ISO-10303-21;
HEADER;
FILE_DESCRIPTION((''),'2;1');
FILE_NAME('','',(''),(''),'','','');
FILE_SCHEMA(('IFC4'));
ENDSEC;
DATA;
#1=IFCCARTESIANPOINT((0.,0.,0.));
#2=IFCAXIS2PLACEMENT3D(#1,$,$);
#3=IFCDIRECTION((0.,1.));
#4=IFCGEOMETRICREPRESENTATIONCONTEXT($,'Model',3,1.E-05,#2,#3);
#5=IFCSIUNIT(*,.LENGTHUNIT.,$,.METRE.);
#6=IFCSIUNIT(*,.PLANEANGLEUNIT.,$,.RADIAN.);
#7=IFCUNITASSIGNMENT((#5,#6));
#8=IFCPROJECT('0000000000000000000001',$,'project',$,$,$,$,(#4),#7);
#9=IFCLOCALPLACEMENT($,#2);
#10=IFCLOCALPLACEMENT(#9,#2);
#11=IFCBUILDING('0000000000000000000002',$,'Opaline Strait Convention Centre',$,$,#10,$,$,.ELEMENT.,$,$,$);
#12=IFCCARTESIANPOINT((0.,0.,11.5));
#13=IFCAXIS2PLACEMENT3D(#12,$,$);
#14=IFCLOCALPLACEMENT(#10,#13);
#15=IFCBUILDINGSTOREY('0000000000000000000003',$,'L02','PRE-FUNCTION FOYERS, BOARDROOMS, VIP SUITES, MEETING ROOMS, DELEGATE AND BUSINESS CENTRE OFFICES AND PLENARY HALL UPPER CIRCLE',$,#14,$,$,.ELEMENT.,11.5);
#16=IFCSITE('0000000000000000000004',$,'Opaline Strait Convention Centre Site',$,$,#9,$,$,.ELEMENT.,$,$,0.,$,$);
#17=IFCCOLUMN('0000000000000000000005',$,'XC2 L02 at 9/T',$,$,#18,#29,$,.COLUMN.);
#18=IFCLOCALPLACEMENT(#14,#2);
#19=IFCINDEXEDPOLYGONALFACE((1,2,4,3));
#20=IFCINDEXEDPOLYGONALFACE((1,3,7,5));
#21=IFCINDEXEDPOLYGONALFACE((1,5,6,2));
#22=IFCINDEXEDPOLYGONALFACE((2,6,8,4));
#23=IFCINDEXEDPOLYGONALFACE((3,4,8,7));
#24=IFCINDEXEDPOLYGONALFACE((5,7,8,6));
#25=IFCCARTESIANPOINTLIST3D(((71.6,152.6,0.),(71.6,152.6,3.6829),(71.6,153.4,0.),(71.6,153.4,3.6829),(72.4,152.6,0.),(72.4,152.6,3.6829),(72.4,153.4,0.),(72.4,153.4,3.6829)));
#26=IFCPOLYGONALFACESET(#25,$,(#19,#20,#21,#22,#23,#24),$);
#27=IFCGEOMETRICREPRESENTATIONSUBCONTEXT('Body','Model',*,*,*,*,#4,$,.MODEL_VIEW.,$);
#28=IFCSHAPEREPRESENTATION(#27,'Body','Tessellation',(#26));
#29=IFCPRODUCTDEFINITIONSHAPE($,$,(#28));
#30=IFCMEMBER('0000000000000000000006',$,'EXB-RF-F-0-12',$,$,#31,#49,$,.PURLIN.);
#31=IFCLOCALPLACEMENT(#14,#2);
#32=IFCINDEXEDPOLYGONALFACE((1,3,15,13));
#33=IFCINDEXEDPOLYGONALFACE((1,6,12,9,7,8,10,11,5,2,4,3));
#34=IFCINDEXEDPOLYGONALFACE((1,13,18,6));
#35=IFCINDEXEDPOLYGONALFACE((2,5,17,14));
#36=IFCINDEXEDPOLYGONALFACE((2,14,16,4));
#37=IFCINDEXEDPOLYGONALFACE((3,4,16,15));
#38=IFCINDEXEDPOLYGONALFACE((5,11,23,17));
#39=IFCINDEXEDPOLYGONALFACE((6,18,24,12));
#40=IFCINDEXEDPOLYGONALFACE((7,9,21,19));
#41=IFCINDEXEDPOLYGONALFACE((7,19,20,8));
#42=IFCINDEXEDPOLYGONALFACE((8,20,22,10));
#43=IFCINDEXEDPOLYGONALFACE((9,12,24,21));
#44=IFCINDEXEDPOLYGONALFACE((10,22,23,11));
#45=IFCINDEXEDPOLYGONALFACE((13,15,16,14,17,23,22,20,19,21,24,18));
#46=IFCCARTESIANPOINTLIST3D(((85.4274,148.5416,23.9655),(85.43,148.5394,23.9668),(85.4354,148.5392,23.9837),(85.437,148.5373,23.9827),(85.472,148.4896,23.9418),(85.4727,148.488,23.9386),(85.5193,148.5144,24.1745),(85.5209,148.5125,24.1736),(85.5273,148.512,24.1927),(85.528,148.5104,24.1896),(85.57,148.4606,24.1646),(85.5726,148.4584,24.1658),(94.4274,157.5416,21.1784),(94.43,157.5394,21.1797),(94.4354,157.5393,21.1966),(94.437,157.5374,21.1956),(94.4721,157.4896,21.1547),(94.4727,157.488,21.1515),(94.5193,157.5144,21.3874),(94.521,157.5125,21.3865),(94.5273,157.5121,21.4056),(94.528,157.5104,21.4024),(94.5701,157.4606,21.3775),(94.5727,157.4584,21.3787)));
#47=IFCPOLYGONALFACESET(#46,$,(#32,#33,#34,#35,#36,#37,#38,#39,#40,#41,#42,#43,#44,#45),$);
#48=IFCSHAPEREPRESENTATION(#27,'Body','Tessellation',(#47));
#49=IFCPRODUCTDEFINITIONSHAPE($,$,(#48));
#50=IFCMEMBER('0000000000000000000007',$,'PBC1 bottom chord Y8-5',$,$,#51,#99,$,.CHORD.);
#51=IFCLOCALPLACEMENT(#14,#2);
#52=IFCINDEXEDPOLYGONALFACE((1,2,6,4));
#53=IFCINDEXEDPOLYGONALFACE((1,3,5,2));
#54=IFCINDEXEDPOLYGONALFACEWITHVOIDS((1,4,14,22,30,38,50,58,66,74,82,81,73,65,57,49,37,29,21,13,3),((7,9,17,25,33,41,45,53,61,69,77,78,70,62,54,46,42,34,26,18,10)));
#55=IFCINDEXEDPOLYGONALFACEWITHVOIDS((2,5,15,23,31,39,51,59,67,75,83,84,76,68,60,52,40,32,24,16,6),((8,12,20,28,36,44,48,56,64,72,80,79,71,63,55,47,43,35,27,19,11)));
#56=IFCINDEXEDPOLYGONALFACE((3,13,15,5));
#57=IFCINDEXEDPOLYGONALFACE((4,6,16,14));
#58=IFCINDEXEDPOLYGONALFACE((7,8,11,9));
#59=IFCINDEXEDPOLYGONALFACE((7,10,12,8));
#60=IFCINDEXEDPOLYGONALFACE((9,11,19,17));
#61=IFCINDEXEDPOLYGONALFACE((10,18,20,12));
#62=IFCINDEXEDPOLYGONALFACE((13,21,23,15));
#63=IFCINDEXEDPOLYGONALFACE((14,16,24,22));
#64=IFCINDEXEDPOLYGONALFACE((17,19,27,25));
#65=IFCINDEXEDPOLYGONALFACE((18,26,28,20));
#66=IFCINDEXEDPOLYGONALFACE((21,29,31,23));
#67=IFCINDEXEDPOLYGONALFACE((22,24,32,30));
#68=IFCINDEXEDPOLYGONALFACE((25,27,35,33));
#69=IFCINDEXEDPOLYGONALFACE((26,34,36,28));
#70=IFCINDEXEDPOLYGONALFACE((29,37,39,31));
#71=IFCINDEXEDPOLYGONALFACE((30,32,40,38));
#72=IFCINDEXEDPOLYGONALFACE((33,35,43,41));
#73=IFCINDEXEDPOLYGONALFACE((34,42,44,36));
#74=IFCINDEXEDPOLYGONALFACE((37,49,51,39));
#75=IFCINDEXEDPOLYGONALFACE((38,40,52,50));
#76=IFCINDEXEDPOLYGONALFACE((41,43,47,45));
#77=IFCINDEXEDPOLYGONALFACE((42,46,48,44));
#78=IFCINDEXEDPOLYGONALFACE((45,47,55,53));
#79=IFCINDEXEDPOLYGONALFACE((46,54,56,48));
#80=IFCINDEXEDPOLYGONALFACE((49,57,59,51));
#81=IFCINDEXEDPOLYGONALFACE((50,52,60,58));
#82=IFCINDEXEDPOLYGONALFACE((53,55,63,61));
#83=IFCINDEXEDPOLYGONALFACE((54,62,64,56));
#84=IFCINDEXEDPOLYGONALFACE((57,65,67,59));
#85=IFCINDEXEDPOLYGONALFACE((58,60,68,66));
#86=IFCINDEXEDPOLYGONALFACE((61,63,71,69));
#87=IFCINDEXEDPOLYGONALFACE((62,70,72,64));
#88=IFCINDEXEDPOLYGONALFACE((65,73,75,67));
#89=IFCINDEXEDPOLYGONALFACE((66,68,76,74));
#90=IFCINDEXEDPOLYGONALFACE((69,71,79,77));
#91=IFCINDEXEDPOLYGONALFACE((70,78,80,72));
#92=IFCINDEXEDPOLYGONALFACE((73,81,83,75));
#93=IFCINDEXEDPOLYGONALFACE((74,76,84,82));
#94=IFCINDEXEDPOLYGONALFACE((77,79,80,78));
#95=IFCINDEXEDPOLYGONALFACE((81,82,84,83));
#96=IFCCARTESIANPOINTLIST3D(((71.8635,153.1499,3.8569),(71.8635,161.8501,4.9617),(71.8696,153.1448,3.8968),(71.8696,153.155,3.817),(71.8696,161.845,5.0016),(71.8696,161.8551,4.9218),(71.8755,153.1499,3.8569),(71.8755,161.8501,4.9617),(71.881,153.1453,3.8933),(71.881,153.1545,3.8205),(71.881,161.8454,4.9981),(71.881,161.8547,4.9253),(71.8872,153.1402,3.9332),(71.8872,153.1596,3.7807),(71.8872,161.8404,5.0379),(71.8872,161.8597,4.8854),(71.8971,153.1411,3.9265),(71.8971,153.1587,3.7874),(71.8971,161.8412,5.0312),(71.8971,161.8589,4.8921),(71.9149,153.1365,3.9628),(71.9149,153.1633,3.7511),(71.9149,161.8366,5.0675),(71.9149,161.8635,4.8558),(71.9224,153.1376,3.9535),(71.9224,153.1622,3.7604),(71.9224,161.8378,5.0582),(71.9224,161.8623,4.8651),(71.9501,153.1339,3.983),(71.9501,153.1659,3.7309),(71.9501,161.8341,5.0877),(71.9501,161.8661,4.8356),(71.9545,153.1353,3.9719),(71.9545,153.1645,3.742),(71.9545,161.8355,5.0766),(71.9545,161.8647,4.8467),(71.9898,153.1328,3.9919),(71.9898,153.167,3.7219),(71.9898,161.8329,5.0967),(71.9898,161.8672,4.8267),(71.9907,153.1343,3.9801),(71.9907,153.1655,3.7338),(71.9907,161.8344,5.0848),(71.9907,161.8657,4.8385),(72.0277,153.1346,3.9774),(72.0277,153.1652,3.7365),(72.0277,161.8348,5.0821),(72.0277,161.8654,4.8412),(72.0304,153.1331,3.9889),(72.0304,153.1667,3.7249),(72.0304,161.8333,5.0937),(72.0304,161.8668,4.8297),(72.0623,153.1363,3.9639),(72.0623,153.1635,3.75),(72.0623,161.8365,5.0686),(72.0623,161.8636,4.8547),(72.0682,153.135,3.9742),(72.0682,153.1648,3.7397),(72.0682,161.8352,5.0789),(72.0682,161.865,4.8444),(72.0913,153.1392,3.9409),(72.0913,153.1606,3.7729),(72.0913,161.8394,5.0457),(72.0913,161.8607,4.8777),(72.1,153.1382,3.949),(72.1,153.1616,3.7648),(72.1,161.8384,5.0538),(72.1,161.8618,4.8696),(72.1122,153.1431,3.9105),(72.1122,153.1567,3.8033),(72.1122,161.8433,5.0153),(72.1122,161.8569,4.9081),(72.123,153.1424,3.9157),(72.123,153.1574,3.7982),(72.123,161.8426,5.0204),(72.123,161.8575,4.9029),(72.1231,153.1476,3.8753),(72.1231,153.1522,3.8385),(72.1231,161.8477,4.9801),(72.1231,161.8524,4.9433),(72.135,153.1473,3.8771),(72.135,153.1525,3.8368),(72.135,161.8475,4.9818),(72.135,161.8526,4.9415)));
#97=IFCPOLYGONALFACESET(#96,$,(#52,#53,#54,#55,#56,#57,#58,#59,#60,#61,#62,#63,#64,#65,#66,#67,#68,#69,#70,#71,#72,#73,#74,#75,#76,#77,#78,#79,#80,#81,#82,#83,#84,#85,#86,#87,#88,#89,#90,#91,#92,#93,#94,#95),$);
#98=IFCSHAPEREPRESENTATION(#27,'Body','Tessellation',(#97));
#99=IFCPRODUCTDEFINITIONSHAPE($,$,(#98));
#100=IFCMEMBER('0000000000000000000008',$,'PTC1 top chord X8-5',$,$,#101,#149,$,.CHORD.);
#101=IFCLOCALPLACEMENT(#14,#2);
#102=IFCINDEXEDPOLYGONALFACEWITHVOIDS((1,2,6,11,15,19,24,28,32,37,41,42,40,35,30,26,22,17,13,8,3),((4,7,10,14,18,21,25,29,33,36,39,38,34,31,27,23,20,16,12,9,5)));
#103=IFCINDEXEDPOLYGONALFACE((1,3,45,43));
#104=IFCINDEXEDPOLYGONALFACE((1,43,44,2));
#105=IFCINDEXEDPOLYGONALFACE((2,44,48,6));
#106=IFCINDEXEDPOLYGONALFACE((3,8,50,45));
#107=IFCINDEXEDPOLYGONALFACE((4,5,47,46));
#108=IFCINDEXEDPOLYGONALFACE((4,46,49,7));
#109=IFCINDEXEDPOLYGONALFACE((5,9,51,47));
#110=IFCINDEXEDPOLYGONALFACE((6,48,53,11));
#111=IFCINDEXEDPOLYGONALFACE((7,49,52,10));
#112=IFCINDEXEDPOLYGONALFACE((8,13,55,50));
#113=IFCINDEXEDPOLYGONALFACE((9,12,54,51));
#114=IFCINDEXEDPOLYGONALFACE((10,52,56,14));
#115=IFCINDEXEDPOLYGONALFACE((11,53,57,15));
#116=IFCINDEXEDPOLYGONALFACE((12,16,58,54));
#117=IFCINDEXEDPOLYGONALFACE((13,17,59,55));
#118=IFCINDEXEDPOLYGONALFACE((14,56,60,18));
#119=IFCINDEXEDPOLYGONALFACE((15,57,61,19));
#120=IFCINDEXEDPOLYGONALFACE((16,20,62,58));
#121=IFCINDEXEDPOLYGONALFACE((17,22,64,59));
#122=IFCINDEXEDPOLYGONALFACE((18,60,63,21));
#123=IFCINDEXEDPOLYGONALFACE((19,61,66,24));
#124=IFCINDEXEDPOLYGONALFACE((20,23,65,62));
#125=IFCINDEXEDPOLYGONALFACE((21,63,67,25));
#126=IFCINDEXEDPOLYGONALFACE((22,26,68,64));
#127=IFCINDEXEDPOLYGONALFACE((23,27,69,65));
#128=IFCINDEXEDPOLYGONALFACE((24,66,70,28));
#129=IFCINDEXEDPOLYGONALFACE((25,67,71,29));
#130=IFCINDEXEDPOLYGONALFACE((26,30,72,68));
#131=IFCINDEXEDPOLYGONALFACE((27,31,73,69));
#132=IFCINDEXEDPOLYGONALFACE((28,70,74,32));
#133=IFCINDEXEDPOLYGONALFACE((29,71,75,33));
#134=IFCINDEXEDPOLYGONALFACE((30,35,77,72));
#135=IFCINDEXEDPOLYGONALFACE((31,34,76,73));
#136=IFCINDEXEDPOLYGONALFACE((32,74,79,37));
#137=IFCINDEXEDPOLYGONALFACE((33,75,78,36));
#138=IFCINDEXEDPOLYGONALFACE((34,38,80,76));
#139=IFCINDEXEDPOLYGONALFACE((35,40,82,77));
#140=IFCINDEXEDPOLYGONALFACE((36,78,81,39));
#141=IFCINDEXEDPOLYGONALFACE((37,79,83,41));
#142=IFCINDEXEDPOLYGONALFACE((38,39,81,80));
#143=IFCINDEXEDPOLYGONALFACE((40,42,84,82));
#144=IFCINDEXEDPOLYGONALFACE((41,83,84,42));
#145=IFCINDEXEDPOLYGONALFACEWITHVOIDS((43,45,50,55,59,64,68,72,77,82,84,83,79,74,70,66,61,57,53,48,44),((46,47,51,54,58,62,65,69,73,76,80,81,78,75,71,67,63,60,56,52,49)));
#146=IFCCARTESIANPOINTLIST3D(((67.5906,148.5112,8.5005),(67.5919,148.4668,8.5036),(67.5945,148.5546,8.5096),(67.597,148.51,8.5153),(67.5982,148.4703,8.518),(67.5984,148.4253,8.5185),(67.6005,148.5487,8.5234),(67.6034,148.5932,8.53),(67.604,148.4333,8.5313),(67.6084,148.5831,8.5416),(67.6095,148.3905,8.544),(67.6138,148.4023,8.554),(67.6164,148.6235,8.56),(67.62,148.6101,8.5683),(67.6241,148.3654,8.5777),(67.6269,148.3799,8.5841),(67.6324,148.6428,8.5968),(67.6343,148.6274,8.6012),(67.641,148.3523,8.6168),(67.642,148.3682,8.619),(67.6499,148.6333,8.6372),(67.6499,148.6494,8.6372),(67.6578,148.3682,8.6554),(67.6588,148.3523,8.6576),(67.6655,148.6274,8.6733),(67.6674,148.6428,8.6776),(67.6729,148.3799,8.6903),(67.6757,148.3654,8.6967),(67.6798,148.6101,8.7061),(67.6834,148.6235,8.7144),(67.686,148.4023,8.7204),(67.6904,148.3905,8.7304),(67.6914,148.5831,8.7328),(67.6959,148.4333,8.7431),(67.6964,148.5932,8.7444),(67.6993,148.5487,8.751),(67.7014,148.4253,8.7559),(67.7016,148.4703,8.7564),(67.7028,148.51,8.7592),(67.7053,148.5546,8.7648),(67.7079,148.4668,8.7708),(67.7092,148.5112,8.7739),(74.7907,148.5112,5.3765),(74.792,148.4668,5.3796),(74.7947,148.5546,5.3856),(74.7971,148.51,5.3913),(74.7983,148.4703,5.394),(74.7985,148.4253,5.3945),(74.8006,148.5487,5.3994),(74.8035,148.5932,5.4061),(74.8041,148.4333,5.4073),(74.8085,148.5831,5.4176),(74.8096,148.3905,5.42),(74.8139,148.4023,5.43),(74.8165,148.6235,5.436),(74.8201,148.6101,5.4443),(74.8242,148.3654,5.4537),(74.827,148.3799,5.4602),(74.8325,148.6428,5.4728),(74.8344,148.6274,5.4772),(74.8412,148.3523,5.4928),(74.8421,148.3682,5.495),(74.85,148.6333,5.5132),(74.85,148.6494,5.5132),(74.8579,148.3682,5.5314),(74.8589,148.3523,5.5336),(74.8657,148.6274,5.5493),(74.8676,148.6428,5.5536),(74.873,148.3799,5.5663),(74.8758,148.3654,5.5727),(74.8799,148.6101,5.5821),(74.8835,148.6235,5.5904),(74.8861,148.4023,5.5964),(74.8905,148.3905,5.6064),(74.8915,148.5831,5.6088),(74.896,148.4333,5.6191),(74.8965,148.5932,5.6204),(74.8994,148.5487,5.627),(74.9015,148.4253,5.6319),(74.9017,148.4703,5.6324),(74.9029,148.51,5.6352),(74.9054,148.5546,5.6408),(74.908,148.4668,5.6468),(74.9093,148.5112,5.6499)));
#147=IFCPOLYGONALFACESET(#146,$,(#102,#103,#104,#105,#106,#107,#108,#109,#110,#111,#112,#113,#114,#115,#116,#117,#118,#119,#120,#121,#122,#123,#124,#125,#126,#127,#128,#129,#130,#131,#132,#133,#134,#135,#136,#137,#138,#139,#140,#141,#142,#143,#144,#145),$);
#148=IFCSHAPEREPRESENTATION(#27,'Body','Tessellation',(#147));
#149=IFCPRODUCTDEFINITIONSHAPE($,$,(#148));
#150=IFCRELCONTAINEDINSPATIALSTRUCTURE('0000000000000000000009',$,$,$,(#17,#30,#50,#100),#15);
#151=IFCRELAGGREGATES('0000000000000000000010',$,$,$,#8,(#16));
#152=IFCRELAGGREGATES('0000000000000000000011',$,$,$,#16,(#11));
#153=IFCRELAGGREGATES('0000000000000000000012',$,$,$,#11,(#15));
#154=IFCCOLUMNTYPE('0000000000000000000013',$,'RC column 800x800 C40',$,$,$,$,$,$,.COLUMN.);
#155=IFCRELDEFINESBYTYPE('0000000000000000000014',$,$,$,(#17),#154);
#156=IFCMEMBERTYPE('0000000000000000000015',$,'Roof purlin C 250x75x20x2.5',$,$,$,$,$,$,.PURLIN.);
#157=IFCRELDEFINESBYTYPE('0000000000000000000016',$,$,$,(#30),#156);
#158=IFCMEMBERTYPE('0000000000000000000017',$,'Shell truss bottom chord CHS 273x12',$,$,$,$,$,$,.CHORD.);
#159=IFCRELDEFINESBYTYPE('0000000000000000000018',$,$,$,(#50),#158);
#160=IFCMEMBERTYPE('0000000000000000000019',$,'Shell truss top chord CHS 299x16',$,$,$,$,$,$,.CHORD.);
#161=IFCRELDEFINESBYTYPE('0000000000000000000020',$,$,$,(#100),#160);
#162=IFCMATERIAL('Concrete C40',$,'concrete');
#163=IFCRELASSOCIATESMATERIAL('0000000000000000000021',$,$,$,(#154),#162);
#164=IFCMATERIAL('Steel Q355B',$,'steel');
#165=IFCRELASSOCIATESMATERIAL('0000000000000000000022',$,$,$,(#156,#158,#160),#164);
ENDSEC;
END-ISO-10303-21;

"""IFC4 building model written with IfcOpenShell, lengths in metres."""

from ifc_helpers import new_model, si_unit, direction, frame, origin, origin_2d, place, context, subcontext, project, spatial, polyline, rectangle, hollow_circle, outline, extrude, material, material_profile, profile_set, type_object, element, save


model = new_model("IFC4")

# Units and contexts
model_context = context("Model", 3, precision=1e-05, world=origin(), true_north=direction((0.0, 1.0)))
body_context = subcontext(model_context, "Body", "Model", "MODEL_VIEW")
ifc_project = project(units=[si_unit("LENGTHUNIT", "METRE"), si_unit("PLANEANGLEUNIT", "RADIAN")], contexts=[model_context])

# Site, building, storey
site_placement = place(None, origin())
site = spatial("IfcSite", under=ifc_project, at=site_placement, Name="Opaline Strait Convention Centre Site", CompositionType="ELEMENT", RefElevation=0.0)
building_placement = place(site_placement, origin())
building = spatial("IfcBuilding", under=site, at=building_placement, Name="Opaline Strait Convention Centre", CompositionType="ELEMENT")
storey_placement = place(building_placement, frame((0.0, 0.0, 11.5)))
storey = spatial("IfcBuildingStorey", under=building, at=storey_placement, Name="L02", Description="PRE-FUNCTION FOYERS, BOARDROOMS, VIP SUITES, MEETING ROOMS, DELEGATE AND BUSINESS CENTRE OFFICES AND PLENARY HALL UPPER CIRCLE", CompositionType="ELEMENT", Elevation=11.5)

# Column
ifc_material_1 = material(Name="Concrete C40", Category="concrete")
ifc_material_profile_1 = material_profile(ifc_material_1, rectangle(XDim=0.8, YDim=0.8, at=origin_2d()), Name="RC 800x800")
ifc_profile_set_1 = profile_set([ifc_material_profile_1], Name="Concrete C40")
column_type = type_object("IfcColumnType", Name="RC column 800x800 C40", PredefinedType="COLUMN", material=ifc_profile_set_1)
column_placement = place(storey_placement, frame((72.0, 153.0, 0.0), z_axis=(0.0, 0.0, 1.0), x_axis=(1.0, 0.0, 0.0)))
element("IfcColumn", 1, at=column_placement, inside=storey, type_object=column_type, Name="XC2 L02 at 9/T", PredefinedType="COLUMN", context=body_context, shape_type="SweptSolid", body=[
    extrude(rectangle(XDim=0.8, YDim=0.8, at=origin_2d()), origin(), (0.0, 0.0, 1.0), 3.6829),
])

# Members
ifc_material_2 = material(Name="Steel Q355B", Category="steel")
ifc_material_profile_2 = material_profile(ifc_material_2, outline(polyline([(-0.0376, -0.125), (0.0376, -0.125), (0.0376, -0.105), (0.0349, -0.105), (0.0349, -0.1226), (-0.0349, -0.1226), (-0.0349, 0.1226), (0.0349, 0.1226), (0.0349, 0.105), (0.0376, 0.105), (0.0376, 0.125), (-0.0376, 0.125), (-0.0376, -0.125)])), Name="C 250x75x20x2.5")
ifc_profile_set_2 = profile_set([ifc_material_profile_2], Name="Steel Q355B")
member_type_1 = type_object("IfcMemberType", Name="Roof purlin C 250x75x20x2.5", PredefinedType="PURLIN", material=ifc_profile_set_2)
member_1_placement = place(storey_placement, frame((85.5, 148.5, 24.0657), z_axis=(0.69074, 0.69074, -0.213908), x_axis=(-0.602522, 0.713355, 0.357899)))
element("IfcMember", 2, at=member_1_placement, inside=storey, type_object=member_type_1, Name="EXB-RF-F-0-12", PredefinedType="PURLIN", context=body_context, shape_type="SweptSolid", body=[
    extrude(outline(polyline([(-0.0376, -0.125), (0.0376, -0.125), (0.0376, -0.105), (0.0349, -0.105), (0.0349, -0.1226), (-0.0349, -0.1226), (-0.0349, 0.1226), (0.0349, 0.1226), (0.0349, 0.105), (0.0376, 0.105), (0.0376, 0.125), (-0.0376, 0.125), (-0.0376, -0.125)])), origin(), (0.0, 0.0, 1.0), 13.0295),
])
ifc_material_profile_3 = material_profile(ifc_material_2, hollow_circle(Radius=0.1365, WallThickness=0.012, at=origin_2d()), Name="CHS 273x12")
ifc_profile_set_3 = profile_set([ifc_material_profile_3], Name="Steel Q355B")
member_type_2 = type_object("IfcMemberType", Name="Shell truss bottom chord CHS 273x12", PredefinedType="CHORD", material=ifc_profile_set_3)
member_2_placement = place(storey_placement, frame((72.0, 153.1499, 3.8569), z_axis=(0.0, 0.992034, 0.125967), x_axis=(-1.0, 0.0, 0.0)))
element("IfcMember", 3, at=member_2_placement, inside=storey, type_object=member_type_2, Name="PBC1 bottom chord Y8-5", PredefinedType="CHORD", context=body_context, shape_type="SweptSolid", body=[
    extrude(hollow_circle(Radius=0.1365, WallThickness=0.012, at=origin_2d()), origin(), (0.0, 0.0, 1.0), 8.77),
])
ifc_material_profile_4 = material_profile(ifc_material_2, hollow_circle(Radius=0.1494, WallThickness=0.0161, at=origin_2d()), Name="CHS 299x16")
ifc_profile_set_4 = profile_set([ifc_material_profile_4], Name="Steel Q355B")
member_type_3 = type_object("IfcMemberType", Name="Shell truss top chord CHS 299x16", PredefinedType="CHORD", material=ifc_profile_set_4)
for number, where, z_axis, x_axis, name in (
    (4, (67.6499, 148.5, 8.6372), (0.917372, 0.0, -0.39803), (0.0, 1.0, 0.0), "PTC1 top chord X8-5"),
):
    element("IfcMember", number, at=place(storey_placement, frame(where, z_axis=z_axis, x_axis=x_axis)), inside=storey, type_object=member_type_3, Name=name, PredefinedType="CHORD", context=body_context, shape_type="SweptSolid", body=[
        extrude(hollow_circle(Radius=0.1494, WallThickness=0.0161, at=origin_2d()), origin(), (0.0, 0.0, 1.0), 7.8486),
    ])

save(model, "model.ifc")
